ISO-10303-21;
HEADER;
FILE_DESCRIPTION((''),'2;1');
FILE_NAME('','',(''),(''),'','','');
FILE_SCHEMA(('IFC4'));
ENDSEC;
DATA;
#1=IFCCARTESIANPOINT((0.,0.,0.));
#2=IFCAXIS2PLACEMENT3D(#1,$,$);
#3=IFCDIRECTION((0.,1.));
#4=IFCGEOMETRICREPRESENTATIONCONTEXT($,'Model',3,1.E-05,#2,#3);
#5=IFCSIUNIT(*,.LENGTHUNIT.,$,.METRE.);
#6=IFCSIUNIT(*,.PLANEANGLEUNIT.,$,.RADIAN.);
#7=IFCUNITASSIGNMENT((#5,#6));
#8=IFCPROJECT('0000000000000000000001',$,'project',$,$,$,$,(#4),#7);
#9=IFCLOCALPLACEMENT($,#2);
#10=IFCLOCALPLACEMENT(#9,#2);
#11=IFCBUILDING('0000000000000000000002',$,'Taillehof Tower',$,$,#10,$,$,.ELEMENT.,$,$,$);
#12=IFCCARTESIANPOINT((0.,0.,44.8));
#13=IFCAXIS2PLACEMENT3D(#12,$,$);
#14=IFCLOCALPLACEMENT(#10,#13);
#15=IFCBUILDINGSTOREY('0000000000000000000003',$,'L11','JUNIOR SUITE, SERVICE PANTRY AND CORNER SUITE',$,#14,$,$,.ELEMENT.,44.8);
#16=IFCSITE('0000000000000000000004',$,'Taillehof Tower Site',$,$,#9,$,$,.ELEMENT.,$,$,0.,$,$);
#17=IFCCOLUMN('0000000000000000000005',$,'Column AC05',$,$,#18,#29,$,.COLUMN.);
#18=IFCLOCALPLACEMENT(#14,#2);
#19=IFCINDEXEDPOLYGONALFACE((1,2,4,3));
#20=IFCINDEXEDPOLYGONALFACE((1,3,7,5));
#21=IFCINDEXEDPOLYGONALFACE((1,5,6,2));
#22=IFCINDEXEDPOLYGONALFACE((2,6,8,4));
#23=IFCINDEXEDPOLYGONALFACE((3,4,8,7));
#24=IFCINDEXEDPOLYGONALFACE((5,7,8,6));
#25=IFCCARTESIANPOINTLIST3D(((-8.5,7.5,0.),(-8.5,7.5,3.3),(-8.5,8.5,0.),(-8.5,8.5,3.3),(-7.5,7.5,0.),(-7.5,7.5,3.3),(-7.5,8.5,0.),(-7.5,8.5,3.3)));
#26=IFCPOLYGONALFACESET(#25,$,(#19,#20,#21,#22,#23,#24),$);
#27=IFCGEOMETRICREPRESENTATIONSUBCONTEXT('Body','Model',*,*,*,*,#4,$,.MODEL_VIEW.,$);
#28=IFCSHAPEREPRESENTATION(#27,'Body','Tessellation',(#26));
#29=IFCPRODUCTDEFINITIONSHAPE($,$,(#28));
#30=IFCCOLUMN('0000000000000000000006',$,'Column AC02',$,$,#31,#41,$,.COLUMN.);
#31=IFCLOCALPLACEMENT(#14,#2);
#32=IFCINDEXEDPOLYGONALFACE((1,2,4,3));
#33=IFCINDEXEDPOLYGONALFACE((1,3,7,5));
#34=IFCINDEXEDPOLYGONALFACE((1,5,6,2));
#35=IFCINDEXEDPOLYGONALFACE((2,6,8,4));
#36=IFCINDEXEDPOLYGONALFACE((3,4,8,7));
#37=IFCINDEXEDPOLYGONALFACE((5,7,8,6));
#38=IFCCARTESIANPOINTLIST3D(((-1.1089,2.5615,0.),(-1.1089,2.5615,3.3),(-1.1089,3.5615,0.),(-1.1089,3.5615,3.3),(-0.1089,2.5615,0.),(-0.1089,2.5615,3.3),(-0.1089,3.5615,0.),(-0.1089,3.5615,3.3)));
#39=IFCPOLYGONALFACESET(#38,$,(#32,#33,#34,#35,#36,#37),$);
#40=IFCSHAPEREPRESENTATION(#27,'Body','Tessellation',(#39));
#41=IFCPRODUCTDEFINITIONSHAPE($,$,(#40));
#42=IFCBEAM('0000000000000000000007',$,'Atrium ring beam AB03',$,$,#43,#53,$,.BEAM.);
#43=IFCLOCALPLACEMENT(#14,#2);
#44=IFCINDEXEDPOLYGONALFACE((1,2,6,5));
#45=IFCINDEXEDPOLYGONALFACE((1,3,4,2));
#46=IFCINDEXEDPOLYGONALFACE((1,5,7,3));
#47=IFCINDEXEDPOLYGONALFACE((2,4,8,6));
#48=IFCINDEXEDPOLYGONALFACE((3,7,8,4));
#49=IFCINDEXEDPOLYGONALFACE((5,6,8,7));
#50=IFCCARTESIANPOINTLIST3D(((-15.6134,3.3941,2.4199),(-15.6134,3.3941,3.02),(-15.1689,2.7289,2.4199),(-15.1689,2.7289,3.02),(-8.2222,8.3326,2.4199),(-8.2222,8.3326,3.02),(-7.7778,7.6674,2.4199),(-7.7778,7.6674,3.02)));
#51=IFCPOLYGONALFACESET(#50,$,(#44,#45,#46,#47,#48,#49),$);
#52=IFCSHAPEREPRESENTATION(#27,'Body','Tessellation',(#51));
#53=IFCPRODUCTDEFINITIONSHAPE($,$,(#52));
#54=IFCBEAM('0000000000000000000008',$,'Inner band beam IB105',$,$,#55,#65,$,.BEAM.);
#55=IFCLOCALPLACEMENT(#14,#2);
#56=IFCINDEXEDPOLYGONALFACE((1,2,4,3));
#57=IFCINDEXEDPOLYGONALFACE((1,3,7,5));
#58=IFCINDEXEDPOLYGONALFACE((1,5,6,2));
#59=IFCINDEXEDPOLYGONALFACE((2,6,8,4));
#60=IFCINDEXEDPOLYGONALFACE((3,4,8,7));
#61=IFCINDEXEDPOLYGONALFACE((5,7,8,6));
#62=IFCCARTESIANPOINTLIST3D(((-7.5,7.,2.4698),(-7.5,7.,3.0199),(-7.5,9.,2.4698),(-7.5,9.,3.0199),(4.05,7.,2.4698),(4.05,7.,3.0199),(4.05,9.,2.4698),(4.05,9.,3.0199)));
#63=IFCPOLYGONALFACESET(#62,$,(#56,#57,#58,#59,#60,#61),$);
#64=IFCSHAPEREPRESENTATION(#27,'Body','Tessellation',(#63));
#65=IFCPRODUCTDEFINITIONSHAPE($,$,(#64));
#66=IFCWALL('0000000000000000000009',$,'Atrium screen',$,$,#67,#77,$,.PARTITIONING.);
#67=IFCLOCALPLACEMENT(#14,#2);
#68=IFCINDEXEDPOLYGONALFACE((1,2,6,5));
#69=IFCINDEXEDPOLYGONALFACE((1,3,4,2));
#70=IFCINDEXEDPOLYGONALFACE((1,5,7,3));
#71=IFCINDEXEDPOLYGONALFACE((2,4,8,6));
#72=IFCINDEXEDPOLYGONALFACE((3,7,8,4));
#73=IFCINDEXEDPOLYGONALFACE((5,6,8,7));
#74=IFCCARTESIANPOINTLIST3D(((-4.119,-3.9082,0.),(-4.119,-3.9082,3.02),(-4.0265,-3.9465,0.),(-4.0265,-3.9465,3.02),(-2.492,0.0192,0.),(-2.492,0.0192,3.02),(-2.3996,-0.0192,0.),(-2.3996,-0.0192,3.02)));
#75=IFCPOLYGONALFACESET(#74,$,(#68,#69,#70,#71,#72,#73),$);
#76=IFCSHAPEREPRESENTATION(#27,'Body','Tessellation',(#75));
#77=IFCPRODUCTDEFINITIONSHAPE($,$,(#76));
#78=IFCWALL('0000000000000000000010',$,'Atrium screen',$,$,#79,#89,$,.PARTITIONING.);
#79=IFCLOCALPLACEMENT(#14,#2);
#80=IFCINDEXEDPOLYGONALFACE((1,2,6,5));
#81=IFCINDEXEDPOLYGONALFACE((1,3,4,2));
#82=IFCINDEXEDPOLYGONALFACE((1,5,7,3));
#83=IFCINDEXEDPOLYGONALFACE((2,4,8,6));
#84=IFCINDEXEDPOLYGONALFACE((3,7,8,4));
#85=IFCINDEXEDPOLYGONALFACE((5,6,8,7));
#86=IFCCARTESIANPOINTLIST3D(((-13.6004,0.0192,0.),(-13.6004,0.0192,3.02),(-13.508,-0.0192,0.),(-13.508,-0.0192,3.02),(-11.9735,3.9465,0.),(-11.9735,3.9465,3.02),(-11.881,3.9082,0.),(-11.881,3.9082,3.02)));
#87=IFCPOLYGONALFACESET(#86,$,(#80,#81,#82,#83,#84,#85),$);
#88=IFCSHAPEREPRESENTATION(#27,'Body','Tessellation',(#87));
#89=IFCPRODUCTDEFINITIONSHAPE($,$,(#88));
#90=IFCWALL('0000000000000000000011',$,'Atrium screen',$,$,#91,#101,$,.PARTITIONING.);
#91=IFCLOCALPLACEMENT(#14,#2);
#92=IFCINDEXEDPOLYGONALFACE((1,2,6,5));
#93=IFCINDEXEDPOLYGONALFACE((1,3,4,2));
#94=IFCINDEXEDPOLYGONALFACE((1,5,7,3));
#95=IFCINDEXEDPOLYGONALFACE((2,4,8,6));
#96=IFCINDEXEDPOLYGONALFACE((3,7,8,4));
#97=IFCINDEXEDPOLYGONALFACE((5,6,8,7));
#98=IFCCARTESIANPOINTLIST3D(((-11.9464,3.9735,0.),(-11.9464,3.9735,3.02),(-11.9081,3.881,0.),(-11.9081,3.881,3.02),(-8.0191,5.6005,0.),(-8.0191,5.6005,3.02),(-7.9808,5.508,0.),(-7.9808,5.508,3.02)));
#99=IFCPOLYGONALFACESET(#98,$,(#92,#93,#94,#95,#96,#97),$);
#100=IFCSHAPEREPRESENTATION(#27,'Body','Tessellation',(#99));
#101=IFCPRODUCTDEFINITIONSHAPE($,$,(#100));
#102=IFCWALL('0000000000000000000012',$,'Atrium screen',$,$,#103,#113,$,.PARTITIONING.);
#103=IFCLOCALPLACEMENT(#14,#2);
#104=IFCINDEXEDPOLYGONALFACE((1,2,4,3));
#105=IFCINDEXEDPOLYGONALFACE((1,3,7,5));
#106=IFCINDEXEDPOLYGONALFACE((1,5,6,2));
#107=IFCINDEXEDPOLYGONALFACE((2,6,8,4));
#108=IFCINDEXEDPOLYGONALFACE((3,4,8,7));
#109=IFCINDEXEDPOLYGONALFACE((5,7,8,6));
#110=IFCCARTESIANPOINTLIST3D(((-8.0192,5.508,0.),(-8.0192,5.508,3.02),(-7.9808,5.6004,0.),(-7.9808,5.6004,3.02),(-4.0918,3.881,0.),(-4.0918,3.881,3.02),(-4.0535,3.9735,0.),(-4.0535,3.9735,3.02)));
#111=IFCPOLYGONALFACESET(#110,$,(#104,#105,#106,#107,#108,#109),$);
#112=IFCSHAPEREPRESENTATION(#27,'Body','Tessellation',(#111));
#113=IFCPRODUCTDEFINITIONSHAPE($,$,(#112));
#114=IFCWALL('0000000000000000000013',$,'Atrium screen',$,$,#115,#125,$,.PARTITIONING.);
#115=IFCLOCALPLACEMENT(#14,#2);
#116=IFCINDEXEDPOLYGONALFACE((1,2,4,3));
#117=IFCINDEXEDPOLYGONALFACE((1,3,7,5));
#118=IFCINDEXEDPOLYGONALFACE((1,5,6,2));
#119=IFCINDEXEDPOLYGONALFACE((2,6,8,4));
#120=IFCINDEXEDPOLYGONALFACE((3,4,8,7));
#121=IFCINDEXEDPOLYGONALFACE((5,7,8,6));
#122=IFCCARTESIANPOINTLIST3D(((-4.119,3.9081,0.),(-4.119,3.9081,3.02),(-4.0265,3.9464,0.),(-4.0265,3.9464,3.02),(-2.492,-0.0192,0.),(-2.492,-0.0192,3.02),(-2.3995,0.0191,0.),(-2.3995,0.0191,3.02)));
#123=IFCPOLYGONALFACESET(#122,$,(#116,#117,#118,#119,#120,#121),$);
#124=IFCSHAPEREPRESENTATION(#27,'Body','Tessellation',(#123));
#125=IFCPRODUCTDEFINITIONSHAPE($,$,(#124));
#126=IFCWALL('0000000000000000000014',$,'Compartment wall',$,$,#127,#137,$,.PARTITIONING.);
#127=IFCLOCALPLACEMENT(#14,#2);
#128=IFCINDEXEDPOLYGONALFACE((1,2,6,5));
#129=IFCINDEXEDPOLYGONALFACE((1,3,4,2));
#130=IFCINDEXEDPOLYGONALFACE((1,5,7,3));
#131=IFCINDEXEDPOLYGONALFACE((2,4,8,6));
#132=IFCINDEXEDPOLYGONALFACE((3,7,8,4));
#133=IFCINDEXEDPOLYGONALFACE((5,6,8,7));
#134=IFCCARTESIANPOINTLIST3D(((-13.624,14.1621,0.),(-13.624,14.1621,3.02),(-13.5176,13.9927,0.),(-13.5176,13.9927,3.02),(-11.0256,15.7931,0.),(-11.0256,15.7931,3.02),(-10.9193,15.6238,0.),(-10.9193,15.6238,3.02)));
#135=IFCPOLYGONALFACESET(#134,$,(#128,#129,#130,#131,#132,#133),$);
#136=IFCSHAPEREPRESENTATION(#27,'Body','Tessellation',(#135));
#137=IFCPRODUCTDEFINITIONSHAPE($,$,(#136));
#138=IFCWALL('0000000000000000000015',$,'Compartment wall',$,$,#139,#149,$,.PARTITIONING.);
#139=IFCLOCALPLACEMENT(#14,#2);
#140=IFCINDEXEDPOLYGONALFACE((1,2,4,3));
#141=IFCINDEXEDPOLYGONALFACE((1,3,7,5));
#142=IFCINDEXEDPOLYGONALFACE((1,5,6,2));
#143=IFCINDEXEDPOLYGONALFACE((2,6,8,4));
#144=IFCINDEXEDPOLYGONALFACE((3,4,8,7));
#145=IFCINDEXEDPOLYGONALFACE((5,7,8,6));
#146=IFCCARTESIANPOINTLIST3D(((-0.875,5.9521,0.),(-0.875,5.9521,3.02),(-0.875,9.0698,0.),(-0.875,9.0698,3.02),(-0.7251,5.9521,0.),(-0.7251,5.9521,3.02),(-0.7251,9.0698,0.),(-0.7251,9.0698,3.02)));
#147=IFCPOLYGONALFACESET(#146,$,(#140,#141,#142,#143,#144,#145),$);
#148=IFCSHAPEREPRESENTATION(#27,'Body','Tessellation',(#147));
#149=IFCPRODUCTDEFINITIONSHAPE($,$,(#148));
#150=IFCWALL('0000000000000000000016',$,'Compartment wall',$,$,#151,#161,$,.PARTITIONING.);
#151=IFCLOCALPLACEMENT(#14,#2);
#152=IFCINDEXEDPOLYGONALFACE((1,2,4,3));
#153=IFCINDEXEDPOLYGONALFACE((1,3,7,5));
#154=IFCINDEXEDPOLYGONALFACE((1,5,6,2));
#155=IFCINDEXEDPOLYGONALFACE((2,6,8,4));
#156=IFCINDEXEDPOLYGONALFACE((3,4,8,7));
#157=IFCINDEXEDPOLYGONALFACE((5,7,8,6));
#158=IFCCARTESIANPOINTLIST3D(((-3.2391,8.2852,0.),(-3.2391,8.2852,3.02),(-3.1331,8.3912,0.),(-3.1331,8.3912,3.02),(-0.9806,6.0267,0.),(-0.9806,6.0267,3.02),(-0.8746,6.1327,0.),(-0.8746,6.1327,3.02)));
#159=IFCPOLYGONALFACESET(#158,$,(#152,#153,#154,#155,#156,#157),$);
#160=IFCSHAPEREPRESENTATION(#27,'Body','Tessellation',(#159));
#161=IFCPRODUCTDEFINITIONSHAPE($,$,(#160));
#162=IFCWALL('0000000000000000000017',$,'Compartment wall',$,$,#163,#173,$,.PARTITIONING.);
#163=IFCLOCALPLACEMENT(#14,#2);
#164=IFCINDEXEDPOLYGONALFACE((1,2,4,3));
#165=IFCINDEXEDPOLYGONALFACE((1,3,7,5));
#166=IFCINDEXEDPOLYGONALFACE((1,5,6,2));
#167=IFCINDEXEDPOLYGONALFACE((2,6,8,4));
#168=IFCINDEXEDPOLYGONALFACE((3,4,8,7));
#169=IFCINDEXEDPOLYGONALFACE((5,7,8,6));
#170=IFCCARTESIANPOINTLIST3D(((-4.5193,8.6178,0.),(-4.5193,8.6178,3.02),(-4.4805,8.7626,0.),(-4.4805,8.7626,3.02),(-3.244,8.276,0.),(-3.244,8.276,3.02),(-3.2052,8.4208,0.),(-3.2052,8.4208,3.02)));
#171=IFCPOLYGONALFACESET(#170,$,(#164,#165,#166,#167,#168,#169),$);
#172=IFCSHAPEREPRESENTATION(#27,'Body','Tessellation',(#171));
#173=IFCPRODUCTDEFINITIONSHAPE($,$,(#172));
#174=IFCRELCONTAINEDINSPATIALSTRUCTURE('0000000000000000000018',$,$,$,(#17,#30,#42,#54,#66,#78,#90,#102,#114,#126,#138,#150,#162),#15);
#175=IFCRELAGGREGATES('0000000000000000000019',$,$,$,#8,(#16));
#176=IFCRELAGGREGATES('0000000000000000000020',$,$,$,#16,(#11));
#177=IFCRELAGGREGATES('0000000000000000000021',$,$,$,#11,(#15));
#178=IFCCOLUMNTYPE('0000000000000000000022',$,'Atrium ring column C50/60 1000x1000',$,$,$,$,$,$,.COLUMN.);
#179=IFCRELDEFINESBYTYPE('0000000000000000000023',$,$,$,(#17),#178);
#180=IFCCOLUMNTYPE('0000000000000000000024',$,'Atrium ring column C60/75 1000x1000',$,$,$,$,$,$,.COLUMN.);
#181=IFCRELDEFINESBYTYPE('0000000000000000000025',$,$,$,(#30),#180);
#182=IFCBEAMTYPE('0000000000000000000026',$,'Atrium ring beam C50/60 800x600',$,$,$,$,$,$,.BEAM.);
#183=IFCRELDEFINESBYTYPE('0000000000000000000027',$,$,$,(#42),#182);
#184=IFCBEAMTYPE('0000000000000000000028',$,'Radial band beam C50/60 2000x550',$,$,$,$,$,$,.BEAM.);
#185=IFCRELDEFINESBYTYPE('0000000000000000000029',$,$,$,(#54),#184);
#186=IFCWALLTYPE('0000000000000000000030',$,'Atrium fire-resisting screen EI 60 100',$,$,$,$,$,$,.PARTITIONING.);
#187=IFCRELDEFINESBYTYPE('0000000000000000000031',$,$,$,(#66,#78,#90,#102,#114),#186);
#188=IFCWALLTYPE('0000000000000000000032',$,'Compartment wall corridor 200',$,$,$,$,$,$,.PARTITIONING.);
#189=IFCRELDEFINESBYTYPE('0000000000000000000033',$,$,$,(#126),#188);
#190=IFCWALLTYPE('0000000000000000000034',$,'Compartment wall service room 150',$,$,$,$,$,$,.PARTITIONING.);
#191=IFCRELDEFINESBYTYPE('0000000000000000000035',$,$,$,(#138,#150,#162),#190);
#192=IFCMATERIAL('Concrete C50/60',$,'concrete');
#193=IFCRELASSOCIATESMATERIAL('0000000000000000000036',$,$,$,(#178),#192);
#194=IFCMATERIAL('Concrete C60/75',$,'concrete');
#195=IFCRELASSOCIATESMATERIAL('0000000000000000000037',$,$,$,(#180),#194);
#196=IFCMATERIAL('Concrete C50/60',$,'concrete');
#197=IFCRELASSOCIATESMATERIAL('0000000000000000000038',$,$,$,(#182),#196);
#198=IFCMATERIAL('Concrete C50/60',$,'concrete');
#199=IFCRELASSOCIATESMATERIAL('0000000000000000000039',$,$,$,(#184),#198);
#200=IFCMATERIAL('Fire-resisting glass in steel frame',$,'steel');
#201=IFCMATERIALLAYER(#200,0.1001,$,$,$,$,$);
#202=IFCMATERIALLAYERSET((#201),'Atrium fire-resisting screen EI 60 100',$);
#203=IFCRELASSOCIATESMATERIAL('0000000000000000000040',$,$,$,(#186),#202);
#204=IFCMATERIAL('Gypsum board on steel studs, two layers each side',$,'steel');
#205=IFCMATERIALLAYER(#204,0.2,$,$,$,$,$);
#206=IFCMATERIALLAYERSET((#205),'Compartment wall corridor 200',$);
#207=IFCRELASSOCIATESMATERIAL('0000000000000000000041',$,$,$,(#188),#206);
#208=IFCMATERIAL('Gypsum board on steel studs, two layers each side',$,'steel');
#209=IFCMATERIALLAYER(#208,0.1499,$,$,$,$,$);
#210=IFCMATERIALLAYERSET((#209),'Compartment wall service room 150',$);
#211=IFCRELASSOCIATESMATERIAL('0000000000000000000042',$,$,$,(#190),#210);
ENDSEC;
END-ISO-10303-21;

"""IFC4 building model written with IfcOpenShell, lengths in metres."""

from ifc_helpers import new_model, si_unit, direction, frame, frame_2d, origin, origin_2d, place, context, subcontext, project, spatial, rectangle, extrude, material, layer, layer_set, material_profile, profile_set, type_object, element, save


model = new_model("IFC4")

# Units and contexts
model_context = context("Model", 3, precision=1e-05, world=origin(), true_north=direction((0.0, 1.0)))
body_context = subcontext(model_context, "Body", "Model", "MODEL_VIEW")
ifc_project = project(units=[si_unit("LENGTHUNIT", "METRE"), si_unit("PLANEANGLEUNIT", "RADIAN")], contexts=[model_context])

# Site, building, storey
site_placement = place(None, origin())
site = spatial("IfcSite", under=ifc_project, at=site_placement, Name="Taillehof Tower Site", CompositionType="ELEMENT", RefElevation=0.0)
building_placement = place(site_placement, origin())
building = spatial("IfcBuilding", under=site, at=building_placement, Name="Taillehof Tower", CompositionType="ELEMENT")
storey_placement = place(building_placement, frame((0.0, 0.0, 44.8)))
storey = spatial("IfcBuildingStorey", under=building, at=storey_placement, Name="L11", Description="JUNIOR SUITE, SERVICE PANTRY AND CORNER SUITE", CompositionType="ELEMENT", Elevation=44.8)

# Columns
ifc_material_1 = material(Name="Concrete C50/60", Category="concrete")
ifc_material_profile_1 = material_profile(ifc_material_1, rectangle(XDim=1.0, YDim=1.0, at=origin_2d()), Name="RC 1000x1000")
ifc_profile_set_1 = profile_set([ifc_material_profile_1], Name="Concrete C50/60")
column_type_1 = type_object("IfcColumnType", Name="Atrium ring column C50/60 1000x1000", PredefinedType="COLUMN", material=ifc_profile_set_1)
column_1_placement = place(storey_placement, frame((-8.0, 8.0, 0.0), z_axis=(0.0, 0.0, 1.0), x_axis=(1.0, 0.0, 0.0)))
element("IfcColumn", 1, at=column_1_placement, inside=storey, type_object=column_type_1, Name="Column AC05", PredefinedType="COLUMN", context=body_context, shape_type="SweptSolid", body=[
    extrude(rectangle(XDim=1.0, YDim=1.0, at=origin_2d()), origin(), (0.0, 0.0, 1.0), 3.3),
])
ifc_material_2 = material(Name="Concrete C60/75", Category="concrete")
ifc_material_profile_2 = material_profile(ifc_material_2, rectangle(XDim=1.0, YDim=1.0, at=origin_2d()), Name="RC 1000x1000")
ifc_profile_set_2 = profile_set([ifc_material_profile_2], Name="Concrete C60/75")
column_type_2 = type_object("IfcColumnType", Name="Atrium ring column C60/75 1000x1000", PredefinedType="COLUMN", material=ifc_profile_set_2)
column_2_placement = place(storey_placement, frame((-0.6089, 3.0615, 0.0), z_axis=(0.0, 0.0, 1.0), x_axis=(1.0, 0.0, 0.0)))
element("IfcColumn", 2, at=column_2_placement, inside=storey, type_object=column_type_2, Name="Column AC02", PredefinedType="COLUMN", context=body_context, shape_type="SweptSolid", body=[
    extrude(rectangle(XDim=1.0, YDim=1.0, at=origin_2d()), origin(), (0.0, 0.0, 1.0), 3.3),
])

# Beams
ifc_material_3 = material(Name="Concrete C50/60", Category="concrete")
ifc_material_profile_3 = material_profile(ifc_material_3, rectangle(XDim=0.8, YDim=0.6001, at=origin_2d()), Name="RC 800x600")
ifc_profile_set_3 = profile_set([ifc_material_profile_3], Name="Concrete C50/60")
beam_type_1 = type_object("IfcBeamType", Name="Atrium ring beam C50/60 800x600", PredefinedType="BEAM", material=ifc_profile_set_3)
beam_1_placement = place(storey_placement, frame((-8.0, 8.0, 2.72), z_axis=(-0.831475, -0.555562, 0.0), x_axis=(0.555562, -0.831475, 0.0)))
element("IfcBeam", 3, at=beam_1_placement, inside=storey, type_object=beam_type_1, Name="Atrium ring beam AB03", PredefinedType="BEAM", context=body_context, shape_type="SweptSolid", body=[
    extrude(rectangle(XDim=0.8, YDim=0.6001, at=origin_2d()), origin(), (0.0, 0.0, 1.0), 8.8892),
])
ifc_material_4 = material(Name="Concrete C50/60", Category="concrete")
ifc_material_profile_4 = material_profile(ifc_material_4, rectangle(XDim=2.0, YDim=0.55, at=origin_2d()), Name="RC 2000x550")
ifc_profile_set_4 = profile_set([ifc_material_profile_4], Name="Concrete C50/60")
beam_type_2 = type_object("IfcBeamType", Name="Radial band beam C50/60 2000x550", PredefinedType="BEAM", material=ifc_profile_set_4)
beam_2_placement = place(storey_placement, frame((-7.5, 8.0, 2.7449), z_axis=(1.0, 0.0, 0.0), x_axis=(0.0, 1.0, 0.0)))
element("IfcBeam", 4, at=beam_2_placement, inside=storey, type_object=beam_type_2, Name="Inner band beam IB105", PredefinedType="BEAM", context=body_context, shape_type="SweptSolid", body=[
    extrude(rectangle(XDim=2.0, YDim=0.55, at=origin_2d()), origin(), (0.0, 0.0, 1.0), 11.55),
])

# Walls
ifc_material_5 = material(Name="Fire-resisting glass in steel frame", Category="steel")
ifc_layer_1 = layer(ifc_material_5, 0.1001)
ifc_layer_set_1 = layer_set([ifc_layer_1], Name="Atrium fire-resisting screen EI 60 100")
wall_type_1 = type_object("IfcWallType", Name="Atrium fire-resisting screen EI 60 100", PredefinedType="PARTITIONING", material=ifc_layer_set_1)
for number, where, z_axis, x_axis, name in (
    (5, (-2.4458, 0.0, 0.0), (0.0, 0.0, 1.0), (-0.382731, -0.92386, 0.0), "Atrium screen"),
    (6, (-13.5542, 0.0, 0.0), (0.0, 0.0, 1.0), (0.382731, 0.92386, 0.0), "Atrium screen"),
    (7, (-11.9272, 3.9272, 0.0), (0.0, 0.0, 1.0), (0.92386, 0.382731, 0.0), "Atrium screen"),
    (8, (-8.0, 5.5542, 0.0), (0.0, 0.0, 1.0), (0.92386, -0.382731, 0.0), "Atrium screen"),
    (9, (-4.0728, 3.9272, 0.0), (0.0, 0.0, 1.0), (0.382731, -0.92386, 0.0), "Atrium screen"),
):
    element("IfcWall", number, at=place(storey_placement, frame(where, z_axis=z_axis, x_axis=x_axis)), inside=storey, type_object=wall_type_1, Name=name, PredefinedType="PARTITIONING", context=body_context, shape_type="SweptSolid", body=[
        extrude(rectangle(XDim=4.251, YDim=0.1001, at=frame_2d((2.1255, 0.0))), origin(), (0.0, 0.0, 1.0), 3.02),
    ])
ifc_material_6 = material(Name="Gypsum board on steel studs, two layers each side", Category="steel")
ifc_layer_2 = layer(ifc_material_6, 0.2)
ifc_layer_set_2 = layer_set([ifc_layer_2], Name="Compartment wall corridor 200")
wall_type_2 = type_object("IfcWallType", Name="Compartment wall corridor 200", PredefinedType="PARTITIONING", material=ifc_layer_set_2)
wall_1_placement = place(storey_placement, frame((-13.5708, 14.0774, 0.0), z_axis=(0.0, 0.0, 1.0), x_axis=(0.846955, 0.531665, 0.0)))
element("IfcWall", 10, at=wall_1_placement, inside=storey, type_object=wall_type_2, Name="Compartment wall", PredefinedType="PARTITIONING", context=body_context, shape_type="SweptSolid", body=[
    extrude(rectangle(XDim=3.0679, YDim=0.2, at=frame_2d((1.5339, 0.0))), origin(), (0.0, 0.0, 1.0), 3.02),
])
ifc_material_7 = material(Name="Gypsum board on steel studs, two layers each side", Category="steel")
ifc_layer_3 = layer(ifc_material_7, 0.1499)
ifc_layer_set_3 = layer_set([ifc_layer_3], Name="Compartment wall service room 150")
wall_type_3 = type_object("IfcWallType", Name="Compartment wall service room 150", PredefinedType="PARTITIONING", material=ifc_layer_set_3)
wall_2_placement = place(storey_placement, frame((-0.8, 9.0698, 0.0), z_axis=(0.0, 0.0, 1.0), x_axis=(0.0, -1.0, 0.0)))
element("IfcWall", 11, at=wall_2_placement, inside=storey, type_object=wall_type_3, Name="Compartment wall", PredefinedType="PARTITIONING", context=body_context, shape_type="SweptSolid", body=[
    extrude(rectangle(XDim=3.1177, YDim=0.1499, at=frame_2d((1.5588, 0.0))), origin(), (0.0, 0.0, 1.0), 3.02),
])
wall_3_placement = place(storey_placement, frame((-0.9275, 6.0796, 0.0), z_axis=(0.0, 0.0, 1.0), x_axis=(-0.707107, 0.707107, 0.0)))
element("IfcWall", 12, at=wall_3_placement, inside=storey, type_object=wall_type_3, Name="Compartment wall", PredefinedType="PARTITIONING", context=body_context, shape_type="SweptSolid", body=[
    extrude(rectangle(XDim=3.1941, YDim=0.1499, at=frame_2d((1.5972, 0.0))), origin(), (0.0, 0.0, 1.0), 3.02),
])
wall_4_placement = place(storey_placement, frame((-3.2246, 8.3484, 0.0), z_axis=(0.0, 0.0, 1.0), x_axis=(-0.965915, 0.258859, 0.0)))
element("IfcWall", 13, at=wall_4_placement, inside=storey, type_object=wall_type_3, Name="Compartment wall", PredefinedType="PARTITIONING", context=body_context, shape_type="SweptSolid", body=[
    extrude(rectangle(XDim=1.3203, YDim=0.1499, at=frame_2d((0.6602, 0.0))), origin(), (0.0, 0.0, 1.0), 3.02),
])

save(model, "model.ifc")
